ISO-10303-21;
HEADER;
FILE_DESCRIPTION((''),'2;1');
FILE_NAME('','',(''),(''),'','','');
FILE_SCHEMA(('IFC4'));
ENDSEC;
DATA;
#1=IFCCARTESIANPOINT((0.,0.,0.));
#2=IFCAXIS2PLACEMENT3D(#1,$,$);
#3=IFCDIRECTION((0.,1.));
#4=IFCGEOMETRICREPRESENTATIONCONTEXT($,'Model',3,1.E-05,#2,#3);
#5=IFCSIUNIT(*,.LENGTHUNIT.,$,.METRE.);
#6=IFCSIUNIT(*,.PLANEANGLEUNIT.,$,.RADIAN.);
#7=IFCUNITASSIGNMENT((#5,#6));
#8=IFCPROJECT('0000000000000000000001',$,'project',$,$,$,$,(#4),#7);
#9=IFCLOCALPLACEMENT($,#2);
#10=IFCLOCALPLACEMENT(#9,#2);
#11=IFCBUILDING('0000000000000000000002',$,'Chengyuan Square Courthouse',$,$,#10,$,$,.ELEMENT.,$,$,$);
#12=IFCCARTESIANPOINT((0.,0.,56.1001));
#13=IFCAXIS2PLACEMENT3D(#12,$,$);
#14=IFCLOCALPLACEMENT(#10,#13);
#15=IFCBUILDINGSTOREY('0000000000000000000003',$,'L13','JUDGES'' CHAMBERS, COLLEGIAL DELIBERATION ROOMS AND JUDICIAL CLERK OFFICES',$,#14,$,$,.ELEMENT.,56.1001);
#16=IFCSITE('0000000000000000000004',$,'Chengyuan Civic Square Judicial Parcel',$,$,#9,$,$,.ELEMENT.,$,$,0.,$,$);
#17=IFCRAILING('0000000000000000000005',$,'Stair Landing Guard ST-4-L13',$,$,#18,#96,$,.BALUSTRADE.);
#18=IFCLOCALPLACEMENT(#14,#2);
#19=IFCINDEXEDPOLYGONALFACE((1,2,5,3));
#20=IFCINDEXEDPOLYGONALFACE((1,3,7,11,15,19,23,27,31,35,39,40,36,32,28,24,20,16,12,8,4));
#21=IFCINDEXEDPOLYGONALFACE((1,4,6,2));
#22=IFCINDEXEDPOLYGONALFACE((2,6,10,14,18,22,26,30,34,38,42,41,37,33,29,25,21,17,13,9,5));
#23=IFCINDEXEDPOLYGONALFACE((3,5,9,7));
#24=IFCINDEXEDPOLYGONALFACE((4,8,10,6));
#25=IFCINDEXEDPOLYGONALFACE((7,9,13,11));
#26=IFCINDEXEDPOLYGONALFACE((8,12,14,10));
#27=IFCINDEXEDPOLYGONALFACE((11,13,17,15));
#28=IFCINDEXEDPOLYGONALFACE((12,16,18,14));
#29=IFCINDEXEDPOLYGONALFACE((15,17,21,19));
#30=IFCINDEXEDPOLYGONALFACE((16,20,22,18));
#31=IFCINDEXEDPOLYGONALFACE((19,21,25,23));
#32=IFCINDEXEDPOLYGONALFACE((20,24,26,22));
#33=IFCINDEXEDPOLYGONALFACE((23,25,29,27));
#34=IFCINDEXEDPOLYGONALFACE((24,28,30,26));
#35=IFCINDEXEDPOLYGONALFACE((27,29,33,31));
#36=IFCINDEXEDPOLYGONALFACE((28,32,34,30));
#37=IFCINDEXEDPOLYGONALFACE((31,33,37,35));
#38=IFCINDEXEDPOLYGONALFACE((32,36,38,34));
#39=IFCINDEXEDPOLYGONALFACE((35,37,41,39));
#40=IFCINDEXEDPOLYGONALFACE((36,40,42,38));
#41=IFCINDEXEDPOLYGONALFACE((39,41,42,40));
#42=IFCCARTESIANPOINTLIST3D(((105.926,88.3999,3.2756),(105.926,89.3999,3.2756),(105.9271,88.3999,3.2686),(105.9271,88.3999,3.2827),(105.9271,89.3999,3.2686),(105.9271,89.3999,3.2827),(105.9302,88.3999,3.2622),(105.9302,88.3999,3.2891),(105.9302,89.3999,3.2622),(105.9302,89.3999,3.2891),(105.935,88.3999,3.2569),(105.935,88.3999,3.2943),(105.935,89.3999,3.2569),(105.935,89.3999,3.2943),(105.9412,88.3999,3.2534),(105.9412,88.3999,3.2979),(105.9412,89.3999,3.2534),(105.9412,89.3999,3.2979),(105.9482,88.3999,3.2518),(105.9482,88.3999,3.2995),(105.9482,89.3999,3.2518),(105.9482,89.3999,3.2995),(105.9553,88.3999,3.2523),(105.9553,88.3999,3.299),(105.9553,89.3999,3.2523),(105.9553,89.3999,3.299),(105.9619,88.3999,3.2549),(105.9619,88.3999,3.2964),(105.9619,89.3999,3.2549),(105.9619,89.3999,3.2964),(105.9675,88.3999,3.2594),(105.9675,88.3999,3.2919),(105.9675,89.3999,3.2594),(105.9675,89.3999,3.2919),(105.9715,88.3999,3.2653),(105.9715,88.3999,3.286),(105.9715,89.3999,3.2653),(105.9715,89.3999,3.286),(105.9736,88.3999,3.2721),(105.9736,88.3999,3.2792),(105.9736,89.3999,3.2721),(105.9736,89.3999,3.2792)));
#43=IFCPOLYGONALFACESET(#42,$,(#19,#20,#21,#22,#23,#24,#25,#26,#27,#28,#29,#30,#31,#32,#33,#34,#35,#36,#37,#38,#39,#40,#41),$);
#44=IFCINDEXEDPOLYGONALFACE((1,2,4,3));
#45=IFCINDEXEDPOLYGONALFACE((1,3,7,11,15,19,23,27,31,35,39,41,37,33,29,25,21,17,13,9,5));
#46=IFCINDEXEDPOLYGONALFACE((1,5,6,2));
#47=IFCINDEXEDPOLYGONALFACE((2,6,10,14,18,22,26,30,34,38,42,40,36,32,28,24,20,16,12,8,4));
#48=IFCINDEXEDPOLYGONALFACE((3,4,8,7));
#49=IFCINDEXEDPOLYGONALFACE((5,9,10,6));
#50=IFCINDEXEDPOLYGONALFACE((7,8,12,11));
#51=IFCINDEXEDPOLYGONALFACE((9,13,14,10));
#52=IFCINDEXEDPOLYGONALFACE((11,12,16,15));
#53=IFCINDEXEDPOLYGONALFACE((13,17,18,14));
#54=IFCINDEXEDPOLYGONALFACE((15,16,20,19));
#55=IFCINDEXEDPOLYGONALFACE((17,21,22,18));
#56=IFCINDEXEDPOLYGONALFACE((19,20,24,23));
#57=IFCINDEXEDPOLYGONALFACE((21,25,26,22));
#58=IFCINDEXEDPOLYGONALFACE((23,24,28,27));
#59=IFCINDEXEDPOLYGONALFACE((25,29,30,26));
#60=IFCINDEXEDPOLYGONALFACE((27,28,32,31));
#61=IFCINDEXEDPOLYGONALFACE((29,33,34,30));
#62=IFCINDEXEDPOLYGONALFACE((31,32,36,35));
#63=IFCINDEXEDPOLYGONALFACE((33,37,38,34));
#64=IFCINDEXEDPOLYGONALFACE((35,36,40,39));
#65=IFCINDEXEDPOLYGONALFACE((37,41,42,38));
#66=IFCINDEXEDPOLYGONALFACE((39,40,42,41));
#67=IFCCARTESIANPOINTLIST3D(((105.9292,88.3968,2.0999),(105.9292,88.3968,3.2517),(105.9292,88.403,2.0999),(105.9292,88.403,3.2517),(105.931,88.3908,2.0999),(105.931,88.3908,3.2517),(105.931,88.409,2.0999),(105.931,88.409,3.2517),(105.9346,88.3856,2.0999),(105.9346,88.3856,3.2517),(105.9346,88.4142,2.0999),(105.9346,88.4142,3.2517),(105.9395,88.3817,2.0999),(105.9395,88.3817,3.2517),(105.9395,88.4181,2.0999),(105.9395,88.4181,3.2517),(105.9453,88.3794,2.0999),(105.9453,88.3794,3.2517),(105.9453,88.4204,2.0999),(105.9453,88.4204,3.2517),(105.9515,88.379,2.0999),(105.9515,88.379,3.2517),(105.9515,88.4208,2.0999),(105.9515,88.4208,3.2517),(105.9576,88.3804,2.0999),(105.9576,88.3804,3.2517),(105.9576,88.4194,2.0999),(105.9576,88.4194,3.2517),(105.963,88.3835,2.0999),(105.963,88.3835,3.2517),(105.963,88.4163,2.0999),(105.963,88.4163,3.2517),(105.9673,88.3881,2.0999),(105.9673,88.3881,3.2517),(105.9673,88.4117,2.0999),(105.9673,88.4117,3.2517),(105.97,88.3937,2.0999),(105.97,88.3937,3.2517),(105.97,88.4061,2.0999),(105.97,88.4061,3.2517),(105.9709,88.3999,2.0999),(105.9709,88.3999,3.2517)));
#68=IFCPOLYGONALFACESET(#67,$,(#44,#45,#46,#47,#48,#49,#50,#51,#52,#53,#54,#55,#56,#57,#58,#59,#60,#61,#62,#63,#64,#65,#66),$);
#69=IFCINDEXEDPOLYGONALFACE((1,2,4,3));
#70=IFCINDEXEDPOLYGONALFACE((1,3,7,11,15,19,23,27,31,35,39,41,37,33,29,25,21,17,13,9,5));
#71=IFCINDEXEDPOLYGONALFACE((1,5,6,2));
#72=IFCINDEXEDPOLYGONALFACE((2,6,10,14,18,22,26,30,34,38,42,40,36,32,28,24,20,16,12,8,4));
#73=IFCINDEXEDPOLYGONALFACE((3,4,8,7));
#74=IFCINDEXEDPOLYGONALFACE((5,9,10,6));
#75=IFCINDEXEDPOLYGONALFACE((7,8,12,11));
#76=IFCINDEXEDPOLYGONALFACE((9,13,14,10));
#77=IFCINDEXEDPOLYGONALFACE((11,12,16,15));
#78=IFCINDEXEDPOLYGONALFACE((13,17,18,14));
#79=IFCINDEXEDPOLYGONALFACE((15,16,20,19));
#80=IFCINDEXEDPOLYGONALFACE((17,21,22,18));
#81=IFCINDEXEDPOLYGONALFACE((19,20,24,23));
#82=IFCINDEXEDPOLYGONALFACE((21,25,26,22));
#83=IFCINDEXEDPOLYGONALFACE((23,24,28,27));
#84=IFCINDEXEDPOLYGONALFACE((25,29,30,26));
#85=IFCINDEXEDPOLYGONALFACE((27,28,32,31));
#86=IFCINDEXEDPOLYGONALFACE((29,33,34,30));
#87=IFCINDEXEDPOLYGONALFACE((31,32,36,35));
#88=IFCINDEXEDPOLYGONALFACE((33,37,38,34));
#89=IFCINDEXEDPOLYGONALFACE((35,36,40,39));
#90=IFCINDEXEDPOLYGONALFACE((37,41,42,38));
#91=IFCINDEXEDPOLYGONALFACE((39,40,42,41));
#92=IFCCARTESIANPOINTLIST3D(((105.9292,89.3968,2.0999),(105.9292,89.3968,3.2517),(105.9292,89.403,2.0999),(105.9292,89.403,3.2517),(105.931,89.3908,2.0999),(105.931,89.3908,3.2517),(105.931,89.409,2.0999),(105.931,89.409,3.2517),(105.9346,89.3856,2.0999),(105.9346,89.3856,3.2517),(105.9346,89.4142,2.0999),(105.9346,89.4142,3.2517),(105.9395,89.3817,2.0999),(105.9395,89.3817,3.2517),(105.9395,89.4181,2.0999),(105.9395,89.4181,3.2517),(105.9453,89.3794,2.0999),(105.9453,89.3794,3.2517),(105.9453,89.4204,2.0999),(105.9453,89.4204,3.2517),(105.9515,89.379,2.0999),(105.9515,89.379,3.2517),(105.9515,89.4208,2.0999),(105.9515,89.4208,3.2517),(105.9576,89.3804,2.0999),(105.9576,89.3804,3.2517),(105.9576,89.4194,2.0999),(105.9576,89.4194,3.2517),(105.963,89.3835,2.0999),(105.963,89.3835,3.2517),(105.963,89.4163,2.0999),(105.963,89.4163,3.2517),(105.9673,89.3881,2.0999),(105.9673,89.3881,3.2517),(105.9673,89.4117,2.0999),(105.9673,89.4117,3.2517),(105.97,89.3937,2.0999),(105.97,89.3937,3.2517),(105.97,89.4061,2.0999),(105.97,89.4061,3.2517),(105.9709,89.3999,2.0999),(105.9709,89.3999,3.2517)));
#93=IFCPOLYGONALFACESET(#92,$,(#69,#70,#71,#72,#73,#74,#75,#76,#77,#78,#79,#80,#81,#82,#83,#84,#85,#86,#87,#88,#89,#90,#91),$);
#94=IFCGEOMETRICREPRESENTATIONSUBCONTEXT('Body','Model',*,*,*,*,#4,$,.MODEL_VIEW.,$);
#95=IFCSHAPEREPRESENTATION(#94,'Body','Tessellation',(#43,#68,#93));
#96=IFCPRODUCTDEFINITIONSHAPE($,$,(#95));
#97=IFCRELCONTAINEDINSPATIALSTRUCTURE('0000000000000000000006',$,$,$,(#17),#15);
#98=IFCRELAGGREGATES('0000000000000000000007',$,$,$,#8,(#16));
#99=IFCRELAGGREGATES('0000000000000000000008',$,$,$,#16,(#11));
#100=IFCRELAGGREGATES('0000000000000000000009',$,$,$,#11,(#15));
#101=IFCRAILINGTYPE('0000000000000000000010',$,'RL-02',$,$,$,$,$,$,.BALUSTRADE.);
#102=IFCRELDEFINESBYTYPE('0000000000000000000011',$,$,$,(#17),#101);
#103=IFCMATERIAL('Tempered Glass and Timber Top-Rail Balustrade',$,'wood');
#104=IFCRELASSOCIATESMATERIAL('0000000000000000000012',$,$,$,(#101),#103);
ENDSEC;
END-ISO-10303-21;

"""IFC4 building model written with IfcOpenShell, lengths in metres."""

from ifc_helpers import new_model, si_unit, direction, frame, origin, origin_2d, place, context, subcontext, project, spatial, circle, extrude, material, type_object, element, save


model = new_model("IFC4")

# Units and contexts
model_context = context("Model", 3, precision=1e-05, world=origin(), true_north=direction((0.0, 1.0)))
body_context = subcontext(model_context, "Body", "Model", "MODEL_VIEW")
ifc_project = project(units=[si_unit("LENGTHUNIT", "METRE"), si_unit("PLANEANGLEUNIT", "RADIAN")], contexts=[model_context])

# Site, building, storey
site_placement = place(None, origin())
site = spatial("IfcSite", under=ifc_project, at=site_placement, Name="Chengyuan Civic Square Judicial Parcel", CompositionType="ELEMENT", RefElevation=0.0)
building_placement = place(site_placement, origin())
building = spatial("IfcBuilding", under=site, at=building_placement, Name="Chengyuan Square Courthouse", CompositionType="ELEMENT")
storey_placement = place(building_placement, frame((0.0, 0.0, 56.1001)))
storey = spatial("IfcBuildingStorey", under=building, at=storey_placement, Name="L13", Description="JUDGES' CHAMBERS, COLLEGIAL DELIBERATION ROOMS AND JUDICIAL CLERK OFFICES", CompositionType="ELEMENT", Elevation=56.1001)

# Railing
ifc_material_1 = material(Name="Tempered Glass and Timber Top-Rail Balustrade", Category="wood")
railing_type_1 = type_object("IfcRailingType", Name="RL-02", PredefinedType="BALUSTRADE", material=ifc_material_1)
for number, where, name in (
    (1, (105.95, 88.3999, 2.0999), "Stair Landing Guard ST-4-L13"),
):
    element("IfcRailing", number, at=place(storey_placement, frame(where)), inside=storey, type_object=railing_type_1, Name=name, PredefinedType="BALUSTRADE", context=body_context, shape_type="SweptSolid", body=[
        extrude(circle(Radius=0.0239, at=origin_2d()), frame((0.0, 0.0, 1.1758), z_axis=(0.0, 1.0, 0.0), x_axis=(-1.0, 0.0, 0.0)), (0.0, 0.0, 1.0), 1.0),
        extrude(circle(Radius=0.021, at=origin_2d()), origin(), (0.0, 0.0, 1.0), 1.1519),
        extrude(circle(Radius=0.021, at=origin_2d()), frame((0.0, 1.0, 0.0)), (0.0, 0.0, 1.0), 1.1519),
    ])

save(model, "model.ifc")
